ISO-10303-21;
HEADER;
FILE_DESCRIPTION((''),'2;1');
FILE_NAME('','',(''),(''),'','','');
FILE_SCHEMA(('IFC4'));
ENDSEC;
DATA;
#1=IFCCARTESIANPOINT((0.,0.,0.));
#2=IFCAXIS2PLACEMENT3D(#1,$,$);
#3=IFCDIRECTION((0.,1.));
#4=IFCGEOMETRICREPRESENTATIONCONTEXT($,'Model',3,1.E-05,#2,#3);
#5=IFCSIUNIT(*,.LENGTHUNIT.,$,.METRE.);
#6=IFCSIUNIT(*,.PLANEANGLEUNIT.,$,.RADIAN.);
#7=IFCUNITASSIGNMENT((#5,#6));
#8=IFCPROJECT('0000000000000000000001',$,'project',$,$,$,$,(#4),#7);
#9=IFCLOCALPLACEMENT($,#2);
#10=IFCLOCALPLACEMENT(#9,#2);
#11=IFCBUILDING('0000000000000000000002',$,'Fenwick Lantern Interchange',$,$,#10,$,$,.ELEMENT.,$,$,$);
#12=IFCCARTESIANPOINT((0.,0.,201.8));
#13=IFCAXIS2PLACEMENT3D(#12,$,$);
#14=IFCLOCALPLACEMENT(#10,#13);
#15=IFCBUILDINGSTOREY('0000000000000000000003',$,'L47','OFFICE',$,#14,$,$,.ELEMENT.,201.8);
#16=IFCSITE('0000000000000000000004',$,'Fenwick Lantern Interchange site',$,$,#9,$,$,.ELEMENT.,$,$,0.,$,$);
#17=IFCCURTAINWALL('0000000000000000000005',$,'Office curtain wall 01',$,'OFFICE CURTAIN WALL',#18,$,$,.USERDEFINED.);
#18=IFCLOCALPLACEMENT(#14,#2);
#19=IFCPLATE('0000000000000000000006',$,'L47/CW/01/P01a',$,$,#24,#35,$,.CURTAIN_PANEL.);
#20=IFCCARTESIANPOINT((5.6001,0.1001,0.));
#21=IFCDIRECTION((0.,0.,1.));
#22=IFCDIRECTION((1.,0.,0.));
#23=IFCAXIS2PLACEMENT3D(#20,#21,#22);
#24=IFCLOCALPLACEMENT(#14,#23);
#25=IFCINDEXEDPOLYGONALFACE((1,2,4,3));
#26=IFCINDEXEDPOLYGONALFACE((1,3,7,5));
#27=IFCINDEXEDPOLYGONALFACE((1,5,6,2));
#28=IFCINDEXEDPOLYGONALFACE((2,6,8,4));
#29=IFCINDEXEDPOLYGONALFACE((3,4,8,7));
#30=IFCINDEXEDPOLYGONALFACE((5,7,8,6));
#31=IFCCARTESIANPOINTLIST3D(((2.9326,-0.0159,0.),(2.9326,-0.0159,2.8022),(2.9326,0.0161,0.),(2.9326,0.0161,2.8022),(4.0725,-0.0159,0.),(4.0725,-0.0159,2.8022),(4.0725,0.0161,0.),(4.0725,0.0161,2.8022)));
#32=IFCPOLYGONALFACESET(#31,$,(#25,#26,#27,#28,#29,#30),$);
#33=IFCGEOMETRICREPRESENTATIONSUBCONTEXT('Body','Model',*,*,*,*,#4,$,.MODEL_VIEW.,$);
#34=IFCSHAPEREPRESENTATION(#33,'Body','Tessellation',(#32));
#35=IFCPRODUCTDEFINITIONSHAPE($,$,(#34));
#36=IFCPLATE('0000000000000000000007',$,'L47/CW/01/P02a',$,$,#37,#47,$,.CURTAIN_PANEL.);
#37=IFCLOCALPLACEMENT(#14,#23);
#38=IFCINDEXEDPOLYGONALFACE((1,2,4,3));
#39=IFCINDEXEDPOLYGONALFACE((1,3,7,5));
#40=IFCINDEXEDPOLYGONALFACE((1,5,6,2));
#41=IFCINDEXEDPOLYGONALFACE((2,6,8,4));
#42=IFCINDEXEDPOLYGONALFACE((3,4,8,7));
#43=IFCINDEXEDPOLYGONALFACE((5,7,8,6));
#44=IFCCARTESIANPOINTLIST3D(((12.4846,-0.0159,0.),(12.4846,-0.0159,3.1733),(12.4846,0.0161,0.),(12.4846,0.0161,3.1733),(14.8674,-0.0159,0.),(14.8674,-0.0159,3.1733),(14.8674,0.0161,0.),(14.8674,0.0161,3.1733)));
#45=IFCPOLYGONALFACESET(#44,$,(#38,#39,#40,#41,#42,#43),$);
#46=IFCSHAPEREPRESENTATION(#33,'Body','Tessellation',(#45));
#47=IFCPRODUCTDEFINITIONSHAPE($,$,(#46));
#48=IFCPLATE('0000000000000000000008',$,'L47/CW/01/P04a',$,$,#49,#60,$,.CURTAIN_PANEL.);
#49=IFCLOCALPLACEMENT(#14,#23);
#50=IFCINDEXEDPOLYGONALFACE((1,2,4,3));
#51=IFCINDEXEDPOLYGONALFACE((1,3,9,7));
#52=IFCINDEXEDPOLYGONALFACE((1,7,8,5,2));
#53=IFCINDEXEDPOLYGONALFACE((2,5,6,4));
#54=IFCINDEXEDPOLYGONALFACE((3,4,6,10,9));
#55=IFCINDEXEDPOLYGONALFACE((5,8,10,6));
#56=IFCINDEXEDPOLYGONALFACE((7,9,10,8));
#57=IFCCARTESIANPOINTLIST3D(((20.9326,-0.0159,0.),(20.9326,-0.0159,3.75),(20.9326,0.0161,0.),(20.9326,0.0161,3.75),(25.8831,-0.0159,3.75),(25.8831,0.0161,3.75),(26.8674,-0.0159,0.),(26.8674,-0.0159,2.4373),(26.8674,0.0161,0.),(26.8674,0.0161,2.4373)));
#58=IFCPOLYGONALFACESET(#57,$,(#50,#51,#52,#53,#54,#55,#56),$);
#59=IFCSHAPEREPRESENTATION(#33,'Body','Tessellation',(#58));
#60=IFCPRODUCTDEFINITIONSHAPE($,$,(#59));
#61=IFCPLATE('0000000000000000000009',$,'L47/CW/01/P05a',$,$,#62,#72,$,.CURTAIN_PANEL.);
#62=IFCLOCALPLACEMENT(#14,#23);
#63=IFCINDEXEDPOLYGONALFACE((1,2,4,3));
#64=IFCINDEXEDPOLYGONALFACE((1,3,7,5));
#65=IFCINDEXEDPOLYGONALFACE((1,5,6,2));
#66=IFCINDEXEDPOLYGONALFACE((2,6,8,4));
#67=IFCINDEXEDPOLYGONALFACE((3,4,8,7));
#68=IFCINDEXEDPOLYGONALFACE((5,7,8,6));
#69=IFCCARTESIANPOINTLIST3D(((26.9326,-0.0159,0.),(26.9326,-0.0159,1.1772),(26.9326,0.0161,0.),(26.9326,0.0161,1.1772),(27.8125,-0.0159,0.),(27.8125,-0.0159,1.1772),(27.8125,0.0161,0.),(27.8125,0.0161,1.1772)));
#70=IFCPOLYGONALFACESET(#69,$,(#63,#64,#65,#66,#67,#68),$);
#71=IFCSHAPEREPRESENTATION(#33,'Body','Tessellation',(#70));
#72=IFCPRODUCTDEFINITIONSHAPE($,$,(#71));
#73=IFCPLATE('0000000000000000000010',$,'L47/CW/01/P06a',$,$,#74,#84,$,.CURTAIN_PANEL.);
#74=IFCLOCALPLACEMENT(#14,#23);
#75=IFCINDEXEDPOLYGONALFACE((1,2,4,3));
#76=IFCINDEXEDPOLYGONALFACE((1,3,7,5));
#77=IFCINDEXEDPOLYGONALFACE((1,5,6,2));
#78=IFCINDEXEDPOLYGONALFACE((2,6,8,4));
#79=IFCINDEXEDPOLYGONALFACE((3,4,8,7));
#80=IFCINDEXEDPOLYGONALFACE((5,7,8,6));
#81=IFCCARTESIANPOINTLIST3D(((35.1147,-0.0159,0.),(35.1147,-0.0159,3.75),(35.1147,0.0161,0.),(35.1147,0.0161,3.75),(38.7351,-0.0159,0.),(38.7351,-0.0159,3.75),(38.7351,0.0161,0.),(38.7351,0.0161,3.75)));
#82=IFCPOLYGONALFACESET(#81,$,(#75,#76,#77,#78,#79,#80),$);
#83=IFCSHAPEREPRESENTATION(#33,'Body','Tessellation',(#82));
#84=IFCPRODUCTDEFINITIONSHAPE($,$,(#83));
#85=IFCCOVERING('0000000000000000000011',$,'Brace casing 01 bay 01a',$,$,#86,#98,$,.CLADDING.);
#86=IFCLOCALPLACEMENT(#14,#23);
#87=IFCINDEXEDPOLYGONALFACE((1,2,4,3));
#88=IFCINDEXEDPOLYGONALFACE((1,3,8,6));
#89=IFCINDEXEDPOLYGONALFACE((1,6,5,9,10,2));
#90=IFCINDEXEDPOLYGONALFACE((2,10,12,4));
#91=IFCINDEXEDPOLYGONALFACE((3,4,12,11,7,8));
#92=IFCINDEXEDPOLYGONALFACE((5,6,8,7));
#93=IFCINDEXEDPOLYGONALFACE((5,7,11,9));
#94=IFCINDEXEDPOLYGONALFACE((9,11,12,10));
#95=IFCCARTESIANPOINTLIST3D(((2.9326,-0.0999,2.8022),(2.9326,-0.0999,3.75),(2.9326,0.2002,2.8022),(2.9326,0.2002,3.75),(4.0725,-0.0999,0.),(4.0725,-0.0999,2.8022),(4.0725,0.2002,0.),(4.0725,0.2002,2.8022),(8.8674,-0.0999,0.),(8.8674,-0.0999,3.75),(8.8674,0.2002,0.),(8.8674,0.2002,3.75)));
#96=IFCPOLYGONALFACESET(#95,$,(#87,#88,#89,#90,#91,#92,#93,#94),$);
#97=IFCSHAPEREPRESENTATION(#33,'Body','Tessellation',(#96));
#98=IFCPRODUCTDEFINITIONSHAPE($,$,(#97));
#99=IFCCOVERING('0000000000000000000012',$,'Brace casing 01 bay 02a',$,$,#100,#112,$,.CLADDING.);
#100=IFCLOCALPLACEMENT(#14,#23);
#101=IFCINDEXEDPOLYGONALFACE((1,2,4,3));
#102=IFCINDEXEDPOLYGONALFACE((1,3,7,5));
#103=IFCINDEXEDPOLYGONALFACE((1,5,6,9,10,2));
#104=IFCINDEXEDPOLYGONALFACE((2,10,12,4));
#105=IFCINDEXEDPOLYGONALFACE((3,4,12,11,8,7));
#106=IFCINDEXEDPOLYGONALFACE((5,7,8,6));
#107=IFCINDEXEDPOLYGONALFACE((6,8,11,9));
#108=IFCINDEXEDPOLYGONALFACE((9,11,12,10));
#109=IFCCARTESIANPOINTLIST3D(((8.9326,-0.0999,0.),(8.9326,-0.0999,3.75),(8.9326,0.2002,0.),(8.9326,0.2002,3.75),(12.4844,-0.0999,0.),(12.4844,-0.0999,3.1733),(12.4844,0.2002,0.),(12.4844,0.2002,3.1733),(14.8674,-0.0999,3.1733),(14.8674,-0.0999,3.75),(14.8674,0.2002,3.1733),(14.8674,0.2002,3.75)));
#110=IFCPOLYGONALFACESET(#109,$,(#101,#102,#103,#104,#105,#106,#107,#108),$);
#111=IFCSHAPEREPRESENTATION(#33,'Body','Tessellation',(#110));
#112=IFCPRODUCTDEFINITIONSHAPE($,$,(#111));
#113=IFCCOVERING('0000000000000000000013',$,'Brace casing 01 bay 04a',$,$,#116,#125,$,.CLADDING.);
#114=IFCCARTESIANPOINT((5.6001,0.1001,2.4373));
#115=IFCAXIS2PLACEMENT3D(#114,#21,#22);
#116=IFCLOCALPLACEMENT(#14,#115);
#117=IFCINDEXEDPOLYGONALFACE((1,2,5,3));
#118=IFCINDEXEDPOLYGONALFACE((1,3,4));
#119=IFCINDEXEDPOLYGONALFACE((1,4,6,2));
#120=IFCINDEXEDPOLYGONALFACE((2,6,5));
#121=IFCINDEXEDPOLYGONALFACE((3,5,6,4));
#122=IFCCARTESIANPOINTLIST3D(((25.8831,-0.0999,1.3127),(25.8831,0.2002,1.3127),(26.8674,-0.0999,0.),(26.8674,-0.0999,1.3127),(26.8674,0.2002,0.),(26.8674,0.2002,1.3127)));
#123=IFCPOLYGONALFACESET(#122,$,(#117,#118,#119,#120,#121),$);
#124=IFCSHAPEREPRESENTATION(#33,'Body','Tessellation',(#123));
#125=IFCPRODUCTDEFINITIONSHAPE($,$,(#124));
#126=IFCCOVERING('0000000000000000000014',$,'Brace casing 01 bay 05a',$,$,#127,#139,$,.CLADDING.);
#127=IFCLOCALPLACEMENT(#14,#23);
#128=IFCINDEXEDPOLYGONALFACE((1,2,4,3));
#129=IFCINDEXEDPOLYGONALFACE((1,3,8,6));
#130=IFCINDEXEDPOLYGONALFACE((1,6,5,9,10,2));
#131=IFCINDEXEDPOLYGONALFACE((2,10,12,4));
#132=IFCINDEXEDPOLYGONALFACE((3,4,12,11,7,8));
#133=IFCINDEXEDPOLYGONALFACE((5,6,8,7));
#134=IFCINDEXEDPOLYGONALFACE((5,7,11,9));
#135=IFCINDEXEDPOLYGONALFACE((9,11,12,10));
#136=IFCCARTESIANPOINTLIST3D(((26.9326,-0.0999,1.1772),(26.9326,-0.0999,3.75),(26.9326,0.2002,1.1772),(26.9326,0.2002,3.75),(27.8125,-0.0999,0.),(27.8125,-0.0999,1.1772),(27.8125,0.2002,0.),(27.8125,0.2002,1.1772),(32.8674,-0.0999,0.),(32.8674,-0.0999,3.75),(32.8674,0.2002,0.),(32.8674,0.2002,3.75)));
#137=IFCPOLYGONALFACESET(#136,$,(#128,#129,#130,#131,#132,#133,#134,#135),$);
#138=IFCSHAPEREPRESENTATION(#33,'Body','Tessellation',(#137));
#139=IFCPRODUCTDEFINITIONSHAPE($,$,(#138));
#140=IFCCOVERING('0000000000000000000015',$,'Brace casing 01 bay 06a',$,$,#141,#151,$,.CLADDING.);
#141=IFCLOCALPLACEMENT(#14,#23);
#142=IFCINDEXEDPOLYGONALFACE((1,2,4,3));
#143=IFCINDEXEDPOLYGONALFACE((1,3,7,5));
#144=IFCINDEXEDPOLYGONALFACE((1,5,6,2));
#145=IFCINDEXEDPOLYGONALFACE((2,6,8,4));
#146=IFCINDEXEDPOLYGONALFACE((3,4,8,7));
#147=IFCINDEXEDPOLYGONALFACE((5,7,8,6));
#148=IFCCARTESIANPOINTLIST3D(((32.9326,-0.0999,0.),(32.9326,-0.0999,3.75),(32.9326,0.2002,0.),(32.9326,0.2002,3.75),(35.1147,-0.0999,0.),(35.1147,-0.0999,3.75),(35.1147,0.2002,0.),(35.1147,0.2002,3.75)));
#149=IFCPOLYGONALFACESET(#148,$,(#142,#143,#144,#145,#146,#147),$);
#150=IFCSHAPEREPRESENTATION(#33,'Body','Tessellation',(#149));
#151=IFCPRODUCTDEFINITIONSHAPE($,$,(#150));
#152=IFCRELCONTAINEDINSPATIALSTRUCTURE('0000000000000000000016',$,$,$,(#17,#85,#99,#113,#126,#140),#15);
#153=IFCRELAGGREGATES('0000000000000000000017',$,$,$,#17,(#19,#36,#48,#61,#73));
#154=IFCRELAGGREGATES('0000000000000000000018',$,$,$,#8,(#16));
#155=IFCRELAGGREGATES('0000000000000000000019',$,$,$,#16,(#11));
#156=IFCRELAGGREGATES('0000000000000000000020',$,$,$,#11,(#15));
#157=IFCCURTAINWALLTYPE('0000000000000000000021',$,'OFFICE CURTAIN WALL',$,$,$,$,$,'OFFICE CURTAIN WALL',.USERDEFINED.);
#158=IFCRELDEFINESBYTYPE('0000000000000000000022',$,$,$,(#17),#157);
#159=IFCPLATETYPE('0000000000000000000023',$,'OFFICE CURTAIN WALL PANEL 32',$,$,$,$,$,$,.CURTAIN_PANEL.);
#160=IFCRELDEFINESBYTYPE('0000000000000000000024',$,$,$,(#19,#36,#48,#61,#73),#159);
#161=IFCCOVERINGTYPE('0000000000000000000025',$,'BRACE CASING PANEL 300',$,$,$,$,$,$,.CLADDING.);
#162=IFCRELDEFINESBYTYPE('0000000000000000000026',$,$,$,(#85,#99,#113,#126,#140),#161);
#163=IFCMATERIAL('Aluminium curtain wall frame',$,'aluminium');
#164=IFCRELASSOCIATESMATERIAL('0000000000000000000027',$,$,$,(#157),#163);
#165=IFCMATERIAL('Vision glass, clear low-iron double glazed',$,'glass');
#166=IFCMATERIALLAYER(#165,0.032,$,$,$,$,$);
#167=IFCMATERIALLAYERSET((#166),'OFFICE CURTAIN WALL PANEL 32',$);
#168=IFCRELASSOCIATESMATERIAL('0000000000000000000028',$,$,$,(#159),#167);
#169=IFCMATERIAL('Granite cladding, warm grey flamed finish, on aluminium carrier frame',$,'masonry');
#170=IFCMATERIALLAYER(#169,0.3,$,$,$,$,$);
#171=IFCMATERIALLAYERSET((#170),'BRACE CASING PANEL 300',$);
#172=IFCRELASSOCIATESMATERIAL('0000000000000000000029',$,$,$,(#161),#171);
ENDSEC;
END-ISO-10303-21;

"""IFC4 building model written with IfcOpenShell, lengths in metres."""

from ifc_helpers import new_model, si_unit, direction, frame, origin, place, context, subcontext, project, spatial, polyline, outline, extrude, material, layer, layer_set, type_object, element, aggregate, save


model = new_model("IFC4")

# Units and contexts
model_context = context("Model", 3, precision=1e-05, world=origin(), true_north=direction((0.0, 1.0)))
body_context = subcontext(model_context, "Body", "Model", "MODEL_VIEW")
ifc_project = project(units=[si_unit("LENGTHUNIT", "METRE"), si_unit("PLANEANGLEUNIT", "RADIAN")], contexts=[model_context])

# Site, building, storey
site_placement = place(None, origin())
site = spatial("IfcSite", under=ifc_project, at=site_placement, Name="Fenwick Lantern Interchange site", CompositionType="ELEMENT", RefElevation=0.0)
building_placement = place(site_placement, origin())
building = spatial("IfcBuilding", under=site, at=building_placement, Name="Fenwick Lantern Interchange", CompositionType="ELEMENT")
storey_placement = place(building_placement, frame((0.0, 0.0, 201.8)))
storey = spatial("IfcBuildingStorey", under=building, at=storey_placement, Name="L47", Description="OFFICE", CompositionType="ELEMENT", Elevation=201.8)

# Curtain wall
ifc_material_1 = material(Name="Aluminium curtain wall frame", Category="aluminium")
curtain_wall_type = type_object("IfcCurtainWallType", Name="OFFICE CURTAIN WALL", ElementType="OFFICE CURTAIN WALL", PredefinedType="USERDEFINED", material=ifc_material_1)
curtain_wall_1_placement = place(storey_placement, origin())
curtain_wall_1 = element("IfcCurtainWall", 1, at=curtain_wall_1_placement, inside=storey, type_object=curtain_wall_type, Name="Office curtain wall 01", ObjectType="OFFICE CURTAIN WALL", PredefinedType="USERDEFINED")

# Plates
ifc_material_2 = material(Name="Vision glass, clear low-iron double glazed", Category="glass")
ifc_layer_1 = layer(ifc_material_2, 0.032)
ifc_layer_set_1 = layer_set([ifc_layer_1], Name="OFFICE CURTAIN WALL PANEL 32")
plate_type = type_object("IfcPlateType", Name="OFFICE CURTAIN WALL PANEL 32", PredefinedType="CURTAIN_PANEL", material=ifc_layer_set_1)
plate_1_placement = place(storey_placement, frame((5.6001, 0.1001, 0.0), z_axis=(0.0, 0.0, 1.0), x_axis=(1.0, 0.0, 0.0)))
plate_1 = element("IfcPlate", 2, at=plate_1_placement, type_object=plate_type, Name="L47/CW/01/P01a", PredefinedType="CURTAIN_PANEL", context=body_context, shape_type="SweptSolid", body=[
    extrude(outline(polyline([(2.9326, 0.0), (4.0725, 0.0), (4.0725, 2.8022), (2.9326, 2.8022), (2.9326, 0.0)])), frame((0.0, 0.0161, 0.0), z_axis=(0.0, -1.0, 0.0), x_axis=(1.0, 0.0, 0.0)), (0.0, 0.0, 1.0), 0.032),
])
plate_2_placement = place(storey_placement, frame((5.6001, 0.1001, 0.0), z_axis=(0.0, 0.0, 1.0), x_axis=(1.0, 0.0, 0.0)))
plate_2 = element("IfcPlate", 3, at=plate_2_placement, type_object=plate_type, Name="L47/CW/01/P02a", PredefinedType="CURTAIN_PANEL", context=body_context, shape_type="SweptSolid", body=[
    extrude(outline(polyline([(12.4846, 0.0), (14.8674, 0.0), (14.8674, 3.1733), (12.4846, 3.1733), (12.4846, 0.0)])), frame((0.0, 0.0161, 0.0), z_axis=(0.0, -1.0, 0.0), x_axis=(1.0, 0.0, 0.0)), (0.0, 0.0, 1.0), 0.032),
])
plate_3_placement = place(storey_placement, frame((5.6001, 0.1001, 0.0), z_axis=(0.0, 0.0, 1.0), x_axis=(1.0, 0.0, 0.0)))
plate_3 = element("IfcPlate", 4, at=plate_3_placement, type_object=plate_type, Name="L47/CW/01/P04a", PredefinedType="CURTAIN_PANEL", context=body_context, shape_type="SweptSolid", body=[
    extrude(outline(polyline([(20.9326, 0.0), (26.8674, 0.0), (26.8674, 2.4373), (25.8831, 3.75), (20.9326, 3.75), (20.9326, 0.0)])), frame((0.0, 0.0161, 0.0), z_axis=(0.0, -1.0, 0.0), x_axis=(1.0, 0.0, 0.0)), (0.0, 0.0, 1.0), 0.032),
])
plate_4_placement = place(storey_placement, frame((5.6001, 0.1001, 0.0), z_axis=(0.0, 0.0, 1.0), x_axis=(1.0, 0.0, 0.0)))
plate_4 = element("IfcPlate", 5, at=plate_4_placement, type_object=plate_type, Name="L47/CW/01/P05a", PredefinedType="CURTAIN_PANEL", context=body_context, shape_type="SweptSolid", body=[
    extrude(outline(polyline([(26.9326, 0.0), (27.8125, 0.0), (27.8125, 1.1772), (26.9326, 1.1772), (26.9326, 0.0)])), frame((0.0, 0.0161, 0.0), z_axis=(0.0, -1.0, 0.0), x_axis=(1.0, 0.0, 0.0)), (0.0, 0.0, 1.0), 0.032),
])
plate_5_placement = place(storey_placement, frame((5.6001, 0.1001, 0.0), z_axis=(0.0, 0.0, 1.0), x_axis=(1.0, 0.0, 0.0)))
plate_5 = element("IfcPlate", 6, at=plate_5_placement, type_object=plate_type, Name="L47/CW/01/P06a", PredefinedType="CURTAIN_PANEL", context=body_context, shape_type="SweptSolid", body=[
    extrude(outline(polyline([(35.1147, 0.0), (38.7351, 0.0), (38.7351, 3.75), (35.1147, 3.75), (35.1147, 0.0)])), frame((0.0, 0.0161, 0.0), z_axis=(0.0, -1.0, 0.0), x_axis=(1.0, 0.0, 0.0)), (0.0, 0.0, 1.0), 0.032),
])
aggregate(curtain_wall_1, [plate_1, plate_2, plate_3, plate_4, plate_5])

# Coverings
ifc_material_3 = material(Name="Granite cladding, warm grey flamed finish, on aluminium carrier frame", Category="masonry")
ifc_layer_2 = layer(ifc_material_3, 0.3)
ifc_layer_set_2 = layer_set([ifc_layer_2], Name="BRACE CASING PANEL 300")
covering_type = type_object("IfcCoveringType", Name="BRACE CASING PANEL 300", PredefinedType="CLADDING", material=ifc_layer_set_2)
covering_1_placement = place(storey_placement, frame((5.6001, 0.1001, 0.0), z_axis=(0.0, 0.0, 1.0), x_axis=(1.0, 0.0, 0.0)))
element("IfcCovering", 7, at=covering_1_placement, inside=storey, type_object=covering_type, Name="Brace casing 01 bay 01a", PredefinedType="CLADDING", context=body_context, shape_type="SweptSolid", body=[
    extrude(outline(polyline([(4.0725, 0.0), (8.8674, 0.0), (8.8674, 3.75), (2.9326, 3.75), (2.9326, 2.8022), (4.0725, 2.8022), (4.0725, 0.0)])), frame((0.0, 0.2002, 0.0), z_axis=(0.0, -1.0, 0.0), x_axis=(1.0, 0.0, 0.0)), (0.0, 0.0, 1.0), 0.3),
])
covering_2_placement = place(storey_placement, frame((5.6001, 0.1001, 0.0), z_axis=(0.0, 0.0, 1.0), x_axis=(1.0, 0.0, 0.0)))
element("IfcCovering", 8, at=covering_2_placement, inside=storey, type_object=covering_type, Name="Brace casing 01 bay 02a", PredefinedType="CLADDING", context=body_context, shape_type="SweptSolid", body=[
    extrude(outline(polyline([(8.9326, 0.0), (12.4844, 0.0), (12.4844, 3.1733), (14.8674, 3.1733), (14.8674, 3.75), (8.9326, 3.75), (8.9326, 0.0)])), frame((0.0, 0.2002, 0.0), z_axis=(0.0, -1.0, 0.0), x_axis=(1.0, 0.0, 0.0)), (0.0, 0.0, 1.0), 0.3),
])
covering_3_placement = place(storey_placement, frame((5.6001, 0.1001, 2.4373), z_axis=(0.0, 0.0, 1.0), x_axis=(1.0, 0.0, 0.0)))
element("IfcCovering", 9, at=covering_3_placement, inside=storey, type_object=covering_type, Name="Brace casing 01 bay 04a", PredefinedType="CLADDING", context=body_context, shape_type="SweptSolid", body=[
    extrude(outline(polyline([(26.8674, 0.0), (26.8674, 1.3127), (25.8831, 1.3127), (26.8674, 0.0)])), frame((0.0, 0.2002, 0.0), z_axis=(0.0, -1.0, 0.0), x_axis=(1.0, 0.0, 0.0)), (0.0, 0.0, 1.0), 0.3),
])
covering_4_placement = place(storey_placement, frame((5.6001, 0.1001, 0.0), z_axis=(0.0, 0.0, 1.0), x_axis=(1.0, 0.0, 0.0)))
element("IfcCovering", 10, at=covering_4_placement, inside=storey, type_object=covering_type, Name="Brace casing 01 bay 05a", PredefinedType="CLADDING", context=body_context, shape_type="SweptSolid", body=[
    extrude(outline(polyline([(27.8125, 0.0), (32.8674, 0.0), (32.8674, 3.75), (26.9326, 3.75), (26.9326, 1.1772), (27.8125, 1.1772), (27.8125, 0.0)])), frame((0.0, 0.2002, 0.0), z_axis=(0.0, -1.0, 0.0), x_axis=(1.0, 0.0, 0.0)), (0.0, 0.0, 1.0), 0.3),
])
covering_5_placement = place(storey_placement, frame((5.6001, 0.1001, 0.0), z_axis=(0.0, 0.0, 1.0), x_axis=(1.0, 0.0, 0.0)))
element("IfcCovering", 11, at=covering_5_placement, inside=storey, type_object=covering_type, Name="Brace casing 01 bay 06a", PredefinedType="CLADDING", context=body_context, shape_type="SweptSolid", body=[
    extrude(outline(polyline([(32.9326, 0.0), (35.1147, 0.0), (35.1147, 3.75), (32.9326, 3.75), (32.9326, 0.0)])), frame((0.0, 0.2002, 0.0), z_axis=(0.0, -1.0, 0.0), x_axis=(1.0, 0.0, 0.0)), (0.0, 0.0, 1.0), 0.3),
])

save(model, "model.ifc")
